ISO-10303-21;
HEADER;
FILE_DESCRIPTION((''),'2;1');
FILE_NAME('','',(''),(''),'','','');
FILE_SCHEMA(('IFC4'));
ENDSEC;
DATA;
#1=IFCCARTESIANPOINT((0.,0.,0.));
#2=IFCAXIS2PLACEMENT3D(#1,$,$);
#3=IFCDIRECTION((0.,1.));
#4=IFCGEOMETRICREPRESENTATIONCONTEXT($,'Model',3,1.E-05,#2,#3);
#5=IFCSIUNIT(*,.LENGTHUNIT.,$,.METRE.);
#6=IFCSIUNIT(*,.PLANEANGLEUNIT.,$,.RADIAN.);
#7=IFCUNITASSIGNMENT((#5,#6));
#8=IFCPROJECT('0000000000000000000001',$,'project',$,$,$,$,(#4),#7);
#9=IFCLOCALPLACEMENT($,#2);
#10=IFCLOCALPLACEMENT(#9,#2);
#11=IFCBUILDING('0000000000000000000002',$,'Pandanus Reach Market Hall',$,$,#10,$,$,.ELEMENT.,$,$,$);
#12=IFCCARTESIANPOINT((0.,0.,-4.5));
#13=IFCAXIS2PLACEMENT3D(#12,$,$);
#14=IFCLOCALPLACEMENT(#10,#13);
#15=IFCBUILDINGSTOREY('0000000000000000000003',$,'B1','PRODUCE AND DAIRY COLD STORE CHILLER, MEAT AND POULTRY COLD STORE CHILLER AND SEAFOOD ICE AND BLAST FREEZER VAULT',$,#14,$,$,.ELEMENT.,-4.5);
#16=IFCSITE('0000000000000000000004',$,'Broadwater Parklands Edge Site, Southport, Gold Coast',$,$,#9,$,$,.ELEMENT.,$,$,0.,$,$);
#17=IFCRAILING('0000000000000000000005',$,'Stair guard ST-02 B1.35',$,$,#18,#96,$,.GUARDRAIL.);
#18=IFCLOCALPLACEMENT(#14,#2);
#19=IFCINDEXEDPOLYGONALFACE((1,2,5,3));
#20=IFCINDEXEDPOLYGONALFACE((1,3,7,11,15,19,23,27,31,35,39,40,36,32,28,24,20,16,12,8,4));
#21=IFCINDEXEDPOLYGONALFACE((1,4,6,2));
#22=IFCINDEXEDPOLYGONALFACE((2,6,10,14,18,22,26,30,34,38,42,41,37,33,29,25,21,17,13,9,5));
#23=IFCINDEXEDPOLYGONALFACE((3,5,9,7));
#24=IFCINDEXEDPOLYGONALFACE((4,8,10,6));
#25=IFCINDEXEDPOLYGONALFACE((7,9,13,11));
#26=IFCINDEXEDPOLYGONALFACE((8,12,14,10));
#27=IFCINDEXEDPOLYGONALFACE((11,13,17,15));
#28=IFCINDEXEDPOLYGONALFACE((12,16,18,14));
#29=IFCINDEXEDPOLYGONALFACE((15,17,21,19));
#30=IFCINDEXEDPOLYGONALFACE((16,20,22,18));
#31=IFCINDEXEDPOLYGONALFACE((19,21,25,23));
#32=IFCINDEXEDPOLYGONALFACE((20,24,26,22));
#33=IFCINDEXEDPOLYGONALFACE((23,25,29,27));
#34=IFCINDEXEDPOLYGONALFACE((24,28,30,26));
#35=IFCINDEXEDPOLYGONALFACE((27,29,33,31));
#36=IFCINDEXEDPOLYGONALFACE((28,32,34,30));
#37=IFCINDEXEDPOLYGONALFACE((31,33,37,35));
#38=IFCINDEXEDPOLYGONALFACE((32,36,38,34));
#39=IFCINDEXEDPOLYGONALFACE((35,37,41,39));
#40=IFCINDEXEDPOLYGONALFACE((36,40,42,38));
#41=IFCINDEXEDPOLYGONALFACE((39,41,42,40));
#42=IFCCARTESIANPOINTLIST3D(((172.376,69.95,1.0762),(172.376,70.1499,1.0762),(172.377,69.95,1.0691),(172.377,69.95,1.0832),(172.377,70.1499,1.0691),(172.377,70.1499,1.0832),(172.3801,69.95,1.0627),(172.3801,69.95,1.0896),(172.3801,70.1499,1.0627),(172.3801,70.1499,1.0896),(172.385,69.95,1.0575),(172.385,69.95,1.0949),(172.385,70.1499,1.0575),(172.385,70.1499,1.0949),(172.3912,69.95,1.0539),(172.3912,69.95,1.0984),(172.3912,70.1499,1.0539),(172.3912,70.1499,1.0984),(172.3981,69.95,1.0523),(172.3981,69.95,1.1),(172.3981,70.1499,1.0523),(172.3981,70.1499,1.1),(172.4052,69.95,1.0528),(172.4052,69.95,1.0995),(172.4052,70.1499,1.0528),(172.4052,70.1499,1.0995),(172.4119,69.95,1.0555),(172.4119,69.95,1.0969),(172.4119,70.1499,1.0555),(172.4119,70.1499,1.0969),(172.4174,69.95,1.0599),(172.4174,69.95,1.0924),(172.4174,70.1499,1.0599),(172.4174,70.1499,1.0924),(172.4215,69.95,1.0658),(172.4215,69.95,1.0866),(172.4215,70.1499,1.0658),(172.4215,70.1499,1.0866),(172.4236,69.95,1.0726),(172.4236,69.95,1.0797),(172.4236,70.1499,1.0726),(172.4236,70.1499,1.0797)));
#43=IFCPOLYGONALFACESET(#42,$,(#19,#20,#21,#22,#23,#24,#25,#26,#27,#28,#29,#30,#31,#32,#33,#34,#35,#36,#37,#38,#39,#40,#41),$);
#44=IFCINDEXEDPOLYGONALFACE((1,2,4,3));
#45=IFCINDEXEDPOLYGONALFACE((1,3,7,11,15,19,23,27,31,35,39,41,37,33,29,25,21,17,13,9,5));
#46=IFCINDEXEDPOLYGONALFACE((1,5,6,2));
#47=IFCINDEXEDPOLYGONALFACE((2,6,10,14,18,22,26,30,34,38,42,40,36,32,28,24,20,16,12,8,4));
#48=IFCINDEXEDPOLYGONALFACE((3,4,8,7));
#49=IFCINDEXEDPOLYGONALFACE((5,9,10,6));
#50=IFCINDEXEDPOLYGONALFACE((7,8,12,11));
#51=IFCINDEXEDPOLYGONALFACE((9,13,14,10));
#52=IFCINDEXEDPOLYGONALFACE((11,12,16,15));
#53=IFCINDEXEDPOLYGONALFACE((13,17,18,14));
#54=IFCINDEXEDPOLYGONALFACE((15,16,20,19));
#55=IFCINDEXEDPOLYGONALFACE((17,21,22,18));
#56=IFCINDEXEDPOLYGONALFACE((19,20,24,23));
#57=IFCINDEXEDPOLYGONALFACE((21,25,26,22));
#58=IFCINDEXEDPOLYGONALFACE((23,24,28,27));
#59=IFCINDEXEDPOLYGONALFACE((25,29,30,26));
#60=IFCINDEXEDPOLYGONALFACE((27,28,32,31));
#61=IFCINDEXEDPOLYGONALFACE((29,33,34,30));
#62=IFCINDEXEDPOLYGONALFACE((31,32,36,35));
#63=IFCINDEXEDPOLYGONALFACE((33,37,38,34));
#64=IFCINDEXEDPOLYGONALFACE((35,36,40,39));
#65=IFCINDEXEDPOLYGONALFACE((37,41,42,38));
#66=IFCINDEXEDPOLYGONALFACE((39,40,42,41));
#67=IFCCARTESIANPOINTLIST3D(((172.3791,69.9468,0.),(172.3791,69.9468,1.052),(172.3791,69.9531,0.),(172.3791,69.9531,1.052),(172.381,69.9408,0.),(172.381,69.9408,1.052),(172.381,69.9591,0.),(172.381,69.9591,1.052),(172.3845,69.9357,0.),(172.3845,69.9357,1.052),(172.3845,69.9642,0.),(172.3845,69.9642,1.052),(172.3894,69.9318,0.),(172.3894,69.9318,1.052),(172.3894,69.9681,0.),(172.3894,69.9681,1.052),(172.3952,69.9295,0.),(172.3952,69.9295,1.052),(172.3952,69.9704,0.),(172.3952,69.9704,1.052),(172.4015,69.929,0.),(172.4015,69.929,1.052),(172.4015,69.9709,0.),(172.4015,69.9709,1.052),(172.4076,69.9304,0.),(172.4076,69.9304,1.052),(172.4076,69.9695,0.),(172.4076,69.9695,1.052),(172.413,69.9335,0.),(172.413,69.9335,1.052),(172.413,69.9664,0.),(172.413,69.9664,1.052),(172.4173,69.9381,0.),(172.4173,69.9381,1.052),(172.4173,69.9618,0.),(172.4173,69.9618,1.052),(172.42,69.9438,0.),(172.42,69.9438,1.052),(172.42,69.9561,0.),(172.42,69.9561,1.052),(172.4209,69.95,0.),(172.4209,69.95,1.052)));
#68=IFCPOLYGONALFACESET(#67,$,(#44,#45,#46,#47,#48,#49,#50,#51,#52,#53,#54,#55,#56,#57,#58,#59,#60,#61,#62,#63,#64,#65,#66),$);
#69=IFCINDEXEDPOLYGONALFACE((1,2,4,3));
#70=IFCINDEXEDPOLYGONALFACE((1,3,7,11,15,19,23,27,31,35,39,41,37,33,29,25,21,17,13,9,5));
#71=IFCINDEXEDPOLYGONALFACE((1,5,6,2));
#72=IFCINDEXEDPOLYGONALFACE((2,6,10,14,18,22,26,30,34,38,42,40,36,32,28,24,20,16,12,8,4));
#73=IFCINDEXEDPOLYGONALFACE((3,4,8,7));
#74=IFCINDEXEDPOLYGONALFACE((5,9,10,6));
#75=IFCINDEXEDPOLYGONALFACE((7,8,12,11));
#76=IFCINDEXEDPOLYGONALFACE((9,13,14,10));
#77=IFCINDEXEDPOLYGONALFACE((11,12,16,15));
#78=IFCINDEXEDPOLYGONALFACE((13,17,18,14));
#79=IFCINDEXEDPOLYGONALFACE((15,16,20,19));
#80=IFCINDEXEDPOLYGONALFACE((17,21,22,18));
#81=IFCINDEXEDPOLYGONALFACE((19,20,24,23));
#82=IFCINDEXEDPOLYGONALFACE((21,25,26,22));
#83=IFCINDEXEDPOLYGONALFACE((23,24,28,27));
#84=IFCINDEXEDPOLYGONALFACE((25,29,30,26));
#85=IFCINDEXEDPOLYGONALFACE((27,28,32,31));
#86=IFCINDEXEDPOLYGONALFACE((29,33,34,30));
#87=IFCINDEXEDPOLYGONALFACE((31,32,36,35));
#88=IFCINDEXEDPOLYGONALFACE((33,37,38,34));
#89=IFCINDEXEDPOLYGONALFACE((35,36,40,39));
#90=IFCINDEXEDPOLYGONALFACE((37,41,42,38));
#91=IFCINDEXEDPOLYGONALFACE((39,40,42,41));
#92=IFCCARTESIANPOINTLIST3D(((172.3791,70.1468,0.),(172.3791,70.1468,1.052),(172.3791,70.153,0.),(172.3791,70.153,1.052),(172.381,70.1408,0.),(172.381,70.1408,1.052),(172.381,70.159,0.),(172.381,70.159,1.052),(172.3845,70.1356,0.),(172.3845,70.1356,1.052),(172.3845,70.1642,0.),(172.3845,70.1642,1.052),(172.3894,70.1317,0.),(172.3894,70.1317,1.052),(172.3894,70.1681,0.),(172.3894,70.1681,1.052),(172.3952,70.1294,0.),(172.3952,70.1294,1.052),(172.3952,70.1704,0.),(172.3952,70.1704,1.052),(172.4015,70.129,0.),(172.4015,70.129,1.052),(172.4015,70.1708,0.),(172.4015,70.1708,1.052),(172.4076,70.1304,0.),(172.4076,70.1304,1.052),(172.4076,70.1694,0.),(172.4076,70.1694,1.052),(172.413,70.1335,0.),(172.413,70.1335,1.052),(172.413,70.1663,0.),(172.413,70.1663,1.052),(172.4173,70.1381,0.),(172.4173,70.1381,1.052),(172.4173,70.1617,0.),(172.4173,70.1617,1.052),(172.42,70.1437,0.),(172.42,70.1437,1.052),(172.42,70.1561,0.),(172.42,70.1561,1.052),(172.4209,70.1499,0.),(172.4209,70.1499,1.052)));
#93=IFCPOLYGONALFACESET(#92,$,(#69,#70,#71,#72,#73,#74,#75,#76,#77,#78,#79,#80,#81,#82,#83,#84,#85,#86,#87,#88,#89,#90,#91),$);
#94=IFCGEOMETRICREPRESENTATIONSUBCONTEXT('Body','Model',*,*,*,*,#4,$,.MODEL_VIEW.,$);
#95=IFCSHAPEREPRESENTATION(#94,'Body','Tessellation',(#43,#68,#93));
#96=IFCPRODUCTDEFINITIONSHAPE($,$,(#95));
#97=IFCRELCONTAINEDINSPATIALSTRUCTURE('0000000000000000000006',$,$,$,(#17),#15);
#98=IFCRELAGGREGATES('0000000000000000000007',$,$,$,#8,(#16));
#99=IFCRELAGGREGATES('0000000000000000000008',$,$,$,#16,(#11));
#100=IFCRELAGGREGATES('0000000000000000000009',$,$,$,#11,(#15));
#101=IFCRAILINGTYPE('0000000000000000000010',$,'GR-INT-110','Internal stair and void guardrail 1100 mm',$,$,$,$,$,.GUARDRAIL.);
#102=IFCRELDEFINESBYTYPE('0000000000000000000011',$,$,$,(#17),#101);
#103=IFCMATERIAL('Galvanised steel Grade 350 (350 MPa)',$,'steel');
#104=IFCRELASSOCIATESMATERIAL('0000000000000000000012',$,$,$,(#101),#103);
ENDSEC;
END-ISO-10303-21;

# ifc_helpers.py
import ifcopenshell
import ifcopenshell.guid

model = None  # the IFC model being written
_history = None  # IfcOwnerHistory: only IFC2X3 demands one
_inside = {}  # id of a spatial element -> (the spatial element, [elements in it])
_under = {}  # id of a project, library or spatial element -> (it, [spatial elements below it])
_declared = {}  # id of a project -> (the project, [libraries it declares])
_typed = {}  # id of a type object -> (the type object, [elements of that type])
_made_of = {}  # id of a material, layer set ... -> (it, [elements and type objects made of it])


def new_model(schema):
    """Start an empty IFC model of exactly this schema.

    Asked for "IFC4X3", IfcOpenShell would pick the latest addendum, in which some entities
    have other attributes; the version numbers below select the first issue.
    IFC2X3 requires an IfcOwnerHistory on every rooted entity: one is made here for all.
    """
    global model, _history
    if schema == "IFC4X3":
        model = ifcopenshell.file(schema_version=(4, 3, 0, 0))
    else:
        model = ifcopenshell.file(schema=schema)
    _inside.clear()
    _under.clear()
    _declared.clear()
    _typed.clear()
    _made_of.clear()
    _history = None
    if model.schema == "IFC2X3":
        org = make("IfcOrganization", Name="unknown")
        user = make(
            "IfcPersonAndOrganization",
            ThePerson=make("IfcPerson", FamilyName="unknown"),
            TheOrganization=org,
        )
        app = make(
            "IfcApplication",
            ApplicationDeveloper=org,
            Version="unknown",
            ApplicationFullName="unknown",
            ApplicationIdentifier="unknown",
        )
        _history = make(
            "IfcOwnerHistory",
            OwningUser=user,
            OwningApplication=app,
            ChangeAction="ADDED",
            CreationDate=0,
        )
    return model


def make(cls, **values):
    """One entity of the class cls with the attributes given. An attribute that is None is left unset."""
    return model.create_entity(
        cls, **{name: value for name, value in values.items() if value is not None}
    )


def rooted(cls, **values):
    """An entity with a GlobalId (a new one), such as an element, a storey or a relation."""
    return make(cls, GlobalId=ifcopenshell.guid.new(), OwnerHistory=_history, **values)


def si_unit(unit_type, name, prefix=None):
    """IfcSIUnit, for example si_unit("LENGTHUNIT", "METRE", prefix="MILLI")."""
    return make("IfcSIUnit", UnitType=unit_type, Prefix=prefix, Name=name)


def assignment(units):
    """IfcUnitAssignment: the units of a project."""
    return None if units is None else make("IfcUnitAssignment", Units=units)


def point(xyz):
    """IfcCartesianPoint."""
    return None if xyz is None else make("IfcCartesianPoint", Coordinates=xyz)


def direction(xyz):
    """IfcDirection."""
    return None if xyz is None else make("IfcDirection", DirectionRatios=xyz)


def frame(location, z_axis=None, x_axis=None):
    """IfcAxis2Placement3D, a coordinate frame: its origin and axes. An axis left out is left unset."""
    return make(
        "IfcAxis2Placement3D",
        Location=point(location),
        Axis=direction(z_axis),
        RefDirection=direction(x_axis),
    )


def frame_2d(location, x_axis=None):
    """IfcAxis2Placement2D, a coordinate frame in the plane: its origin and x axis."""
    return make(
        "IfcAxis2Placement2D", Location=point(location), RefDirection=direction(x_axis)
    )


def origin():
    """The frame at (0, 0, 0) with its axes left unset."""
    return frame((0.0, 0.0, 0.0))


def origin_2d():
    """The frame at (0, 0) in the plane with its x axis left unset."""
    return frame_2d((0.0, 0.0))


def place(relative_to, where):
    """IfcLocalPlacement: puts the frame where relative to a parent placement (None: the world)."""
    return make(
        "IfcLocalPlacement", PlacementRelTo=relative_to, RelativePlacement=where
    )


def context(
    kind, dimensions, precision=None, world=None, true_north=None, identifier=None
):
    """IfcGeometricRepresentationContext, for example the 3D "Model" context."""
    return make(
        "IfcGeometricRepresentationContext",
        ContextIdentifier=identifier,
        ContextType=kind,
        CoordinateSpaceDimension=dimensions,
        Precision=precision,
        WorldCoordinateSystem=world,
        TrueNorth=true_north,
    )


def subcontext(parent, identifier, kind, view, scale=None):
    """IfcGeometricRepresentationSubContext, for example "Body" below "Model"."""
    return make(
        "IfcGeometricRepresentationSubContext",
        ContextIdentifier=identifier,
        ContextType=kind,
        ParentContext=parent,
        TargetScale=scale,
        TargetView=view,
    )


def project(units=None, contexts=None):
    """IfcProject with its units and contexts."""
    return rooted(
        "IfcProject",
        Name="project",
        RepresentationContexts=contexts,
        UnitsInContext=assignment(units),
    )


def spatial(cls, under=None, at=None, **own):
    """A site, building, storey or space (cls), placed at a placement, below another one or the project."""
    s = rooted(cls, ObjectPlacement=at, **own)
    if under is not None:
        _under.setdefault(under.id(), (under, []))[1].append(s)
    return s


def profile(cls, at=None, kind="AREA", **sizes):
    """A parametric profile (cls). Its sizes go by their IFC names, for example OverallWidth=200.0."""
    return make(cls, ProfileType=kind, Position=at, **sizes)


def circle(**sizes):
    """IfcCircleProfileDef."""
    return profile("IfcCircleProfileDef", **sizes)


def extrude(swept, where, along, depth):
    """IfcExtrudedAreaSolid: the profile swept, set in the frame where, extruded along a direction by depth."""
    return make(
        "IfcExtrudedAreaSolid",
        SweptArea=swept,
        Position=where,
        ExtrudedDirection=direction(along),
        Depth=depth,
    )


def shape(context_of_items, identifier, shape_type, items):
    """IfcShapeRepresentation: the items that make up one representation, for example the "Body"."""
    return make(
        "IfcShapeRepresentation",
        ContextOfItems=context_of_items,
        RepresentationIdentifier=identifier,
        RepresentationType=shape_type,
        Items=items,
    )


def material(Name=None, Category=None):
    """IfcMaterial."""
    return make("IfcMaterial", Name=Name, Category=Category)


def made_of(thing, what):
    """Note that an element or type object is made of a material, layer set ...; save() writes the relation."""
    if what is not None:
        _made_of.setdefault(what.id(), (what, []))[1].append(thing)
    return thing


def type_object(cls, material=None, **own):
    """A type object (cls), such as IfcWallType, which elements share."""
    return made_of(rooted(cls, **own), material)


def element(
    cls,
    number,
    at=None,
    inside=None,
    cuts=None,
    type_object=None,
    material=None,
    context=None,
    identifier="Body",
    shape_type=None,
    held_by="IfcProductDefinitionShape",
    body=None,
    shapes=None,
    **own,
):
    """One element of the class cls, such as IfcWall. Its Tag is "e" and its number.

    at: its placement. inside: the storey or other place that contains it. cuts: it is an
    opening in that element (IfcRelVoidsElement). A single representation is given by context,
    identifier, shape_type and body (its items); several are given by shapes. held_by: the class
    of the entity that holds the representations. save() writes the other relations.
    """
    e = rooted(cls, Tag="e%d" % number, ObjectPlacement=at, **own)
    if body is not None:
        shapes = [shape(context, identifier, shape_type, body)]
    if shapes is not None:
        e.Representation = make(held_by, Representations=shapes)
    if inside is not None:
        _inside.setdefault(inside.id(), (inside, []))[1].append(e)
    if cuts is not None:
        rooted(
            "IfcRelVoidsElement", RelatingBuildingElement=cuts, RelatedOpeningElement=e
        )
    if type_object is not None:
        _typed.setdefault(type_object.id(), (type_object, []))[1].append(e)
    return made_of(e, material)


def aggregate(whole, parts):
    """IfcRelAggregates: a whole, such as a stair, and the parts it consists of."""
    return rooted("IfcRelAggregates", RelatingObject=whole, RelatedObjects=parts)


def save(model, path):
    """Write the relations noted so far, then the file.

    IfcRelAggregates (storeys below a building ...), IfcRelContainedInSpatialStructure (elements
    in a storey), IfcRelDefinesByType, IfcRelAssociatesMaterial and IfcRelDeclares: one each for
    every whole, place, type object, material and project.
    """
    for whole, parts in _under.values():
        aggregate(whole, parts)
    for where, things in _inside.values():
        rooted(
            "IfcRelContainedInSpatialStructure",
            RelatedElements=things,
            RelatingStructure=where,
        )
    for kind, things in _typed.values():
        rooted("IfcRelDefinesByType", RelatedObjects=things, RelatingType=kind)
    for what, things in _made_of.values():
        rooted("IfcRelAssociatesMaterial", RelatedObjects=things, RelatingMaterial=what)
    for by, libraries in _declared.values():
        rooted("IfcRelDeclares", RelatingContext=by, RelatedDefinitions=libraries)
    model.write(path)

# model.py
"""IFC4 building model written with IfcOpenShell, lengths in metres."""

from ifc_helpers import new_model, si_unit, direction, frame, origin, origin_2d, place, context, subcontext, project, spatial, circle, extrude, material, type_object, element, save


model = new_model("IFC4")

# Units and contexts
model_context = context("Model", 3, precision=1e-05, world=origin(), true_north=direction((0.0, 1.0)))
body_context = subcontext(model_context, "Body", "Model", "MODEL_VIEW")
ifc_project = project(units=[si_unit("LENGTHUNIT", "METRE"), si_unit("PLANEANGLEUNIT", "RADIAN")], contexts=[model_context])

# Site, building, storey
site_placement = place(None, origin())
site = spatial("IfcSite", under=ifc_project, at=site_placement, Name="Broadwater Parklands Edge Site, Southport, Gold Coast", CompositionType="ELEMENT", RefElevation=0.0)
building_placement = place(site_placement, origin())
building = spatial("IfcBuilding", under=site, at=building_placement, Name="Pandanus Reach Market Hall", CompositionType="ELEMENT")
storey_placement = place(building_placement, frame((0.0, 0.0, -4.5)))
storey = spatial("IfcBuildingStorey", under=building, at=storey_placement, Name="B1", Description="PRODUCE AND DAIRY COLD STORE CHILLER, MEAT AND POULTRY COLD STORE CHILLER AND SEAFOOD ICE AND BLAST FREEZER VAULT", CompositionType="ELEMENT", Elevation=-4.5)

# Railing
ifc_material_1 = material(Name="Galvanised steel Grade 350 (350 MPa)", Category="steel")
railing_type_1 = type_object("IfcRailingType", Name="GR-INT-110", Description="Internal stair and void guardrail 1100 mm", PredefinedType="GUARDRAIL", material=ifc_material_1)
railing_1_placement = place(storey_placement, frame((172.3999, 69.95, 0.0)))
element("IfcRailing", 1, at=railing_1_placement, inside=storey, type_object=railing_type_1, Name="Stair guard ST-02 B1.35", PredefinedType="GUARDRAIL", context=body_context, shape_type="SweptSolid", body=[
    extrude(circle(Radius=0.0239, at=origin_2d()), frame((0.0, 0.0, 1.0762), z_axis=(0.0, 1.0, 0.0), x_axis=(-1.0, 0.0, 0.0)), (0.0, 0.0, 1.0), 0.2),
    extrude(circle(Radius=0.021, at=origin_2d()), origin(), (0.0, 0.0, 1.0), 1.052),
    extrude(circle(Radius=0.021, at=origin_2d()), frame((0.0, 0.2, 0.0)), (0.0, 0.0, 1.0), 1.052),
])

save(model, "model.ifc")
